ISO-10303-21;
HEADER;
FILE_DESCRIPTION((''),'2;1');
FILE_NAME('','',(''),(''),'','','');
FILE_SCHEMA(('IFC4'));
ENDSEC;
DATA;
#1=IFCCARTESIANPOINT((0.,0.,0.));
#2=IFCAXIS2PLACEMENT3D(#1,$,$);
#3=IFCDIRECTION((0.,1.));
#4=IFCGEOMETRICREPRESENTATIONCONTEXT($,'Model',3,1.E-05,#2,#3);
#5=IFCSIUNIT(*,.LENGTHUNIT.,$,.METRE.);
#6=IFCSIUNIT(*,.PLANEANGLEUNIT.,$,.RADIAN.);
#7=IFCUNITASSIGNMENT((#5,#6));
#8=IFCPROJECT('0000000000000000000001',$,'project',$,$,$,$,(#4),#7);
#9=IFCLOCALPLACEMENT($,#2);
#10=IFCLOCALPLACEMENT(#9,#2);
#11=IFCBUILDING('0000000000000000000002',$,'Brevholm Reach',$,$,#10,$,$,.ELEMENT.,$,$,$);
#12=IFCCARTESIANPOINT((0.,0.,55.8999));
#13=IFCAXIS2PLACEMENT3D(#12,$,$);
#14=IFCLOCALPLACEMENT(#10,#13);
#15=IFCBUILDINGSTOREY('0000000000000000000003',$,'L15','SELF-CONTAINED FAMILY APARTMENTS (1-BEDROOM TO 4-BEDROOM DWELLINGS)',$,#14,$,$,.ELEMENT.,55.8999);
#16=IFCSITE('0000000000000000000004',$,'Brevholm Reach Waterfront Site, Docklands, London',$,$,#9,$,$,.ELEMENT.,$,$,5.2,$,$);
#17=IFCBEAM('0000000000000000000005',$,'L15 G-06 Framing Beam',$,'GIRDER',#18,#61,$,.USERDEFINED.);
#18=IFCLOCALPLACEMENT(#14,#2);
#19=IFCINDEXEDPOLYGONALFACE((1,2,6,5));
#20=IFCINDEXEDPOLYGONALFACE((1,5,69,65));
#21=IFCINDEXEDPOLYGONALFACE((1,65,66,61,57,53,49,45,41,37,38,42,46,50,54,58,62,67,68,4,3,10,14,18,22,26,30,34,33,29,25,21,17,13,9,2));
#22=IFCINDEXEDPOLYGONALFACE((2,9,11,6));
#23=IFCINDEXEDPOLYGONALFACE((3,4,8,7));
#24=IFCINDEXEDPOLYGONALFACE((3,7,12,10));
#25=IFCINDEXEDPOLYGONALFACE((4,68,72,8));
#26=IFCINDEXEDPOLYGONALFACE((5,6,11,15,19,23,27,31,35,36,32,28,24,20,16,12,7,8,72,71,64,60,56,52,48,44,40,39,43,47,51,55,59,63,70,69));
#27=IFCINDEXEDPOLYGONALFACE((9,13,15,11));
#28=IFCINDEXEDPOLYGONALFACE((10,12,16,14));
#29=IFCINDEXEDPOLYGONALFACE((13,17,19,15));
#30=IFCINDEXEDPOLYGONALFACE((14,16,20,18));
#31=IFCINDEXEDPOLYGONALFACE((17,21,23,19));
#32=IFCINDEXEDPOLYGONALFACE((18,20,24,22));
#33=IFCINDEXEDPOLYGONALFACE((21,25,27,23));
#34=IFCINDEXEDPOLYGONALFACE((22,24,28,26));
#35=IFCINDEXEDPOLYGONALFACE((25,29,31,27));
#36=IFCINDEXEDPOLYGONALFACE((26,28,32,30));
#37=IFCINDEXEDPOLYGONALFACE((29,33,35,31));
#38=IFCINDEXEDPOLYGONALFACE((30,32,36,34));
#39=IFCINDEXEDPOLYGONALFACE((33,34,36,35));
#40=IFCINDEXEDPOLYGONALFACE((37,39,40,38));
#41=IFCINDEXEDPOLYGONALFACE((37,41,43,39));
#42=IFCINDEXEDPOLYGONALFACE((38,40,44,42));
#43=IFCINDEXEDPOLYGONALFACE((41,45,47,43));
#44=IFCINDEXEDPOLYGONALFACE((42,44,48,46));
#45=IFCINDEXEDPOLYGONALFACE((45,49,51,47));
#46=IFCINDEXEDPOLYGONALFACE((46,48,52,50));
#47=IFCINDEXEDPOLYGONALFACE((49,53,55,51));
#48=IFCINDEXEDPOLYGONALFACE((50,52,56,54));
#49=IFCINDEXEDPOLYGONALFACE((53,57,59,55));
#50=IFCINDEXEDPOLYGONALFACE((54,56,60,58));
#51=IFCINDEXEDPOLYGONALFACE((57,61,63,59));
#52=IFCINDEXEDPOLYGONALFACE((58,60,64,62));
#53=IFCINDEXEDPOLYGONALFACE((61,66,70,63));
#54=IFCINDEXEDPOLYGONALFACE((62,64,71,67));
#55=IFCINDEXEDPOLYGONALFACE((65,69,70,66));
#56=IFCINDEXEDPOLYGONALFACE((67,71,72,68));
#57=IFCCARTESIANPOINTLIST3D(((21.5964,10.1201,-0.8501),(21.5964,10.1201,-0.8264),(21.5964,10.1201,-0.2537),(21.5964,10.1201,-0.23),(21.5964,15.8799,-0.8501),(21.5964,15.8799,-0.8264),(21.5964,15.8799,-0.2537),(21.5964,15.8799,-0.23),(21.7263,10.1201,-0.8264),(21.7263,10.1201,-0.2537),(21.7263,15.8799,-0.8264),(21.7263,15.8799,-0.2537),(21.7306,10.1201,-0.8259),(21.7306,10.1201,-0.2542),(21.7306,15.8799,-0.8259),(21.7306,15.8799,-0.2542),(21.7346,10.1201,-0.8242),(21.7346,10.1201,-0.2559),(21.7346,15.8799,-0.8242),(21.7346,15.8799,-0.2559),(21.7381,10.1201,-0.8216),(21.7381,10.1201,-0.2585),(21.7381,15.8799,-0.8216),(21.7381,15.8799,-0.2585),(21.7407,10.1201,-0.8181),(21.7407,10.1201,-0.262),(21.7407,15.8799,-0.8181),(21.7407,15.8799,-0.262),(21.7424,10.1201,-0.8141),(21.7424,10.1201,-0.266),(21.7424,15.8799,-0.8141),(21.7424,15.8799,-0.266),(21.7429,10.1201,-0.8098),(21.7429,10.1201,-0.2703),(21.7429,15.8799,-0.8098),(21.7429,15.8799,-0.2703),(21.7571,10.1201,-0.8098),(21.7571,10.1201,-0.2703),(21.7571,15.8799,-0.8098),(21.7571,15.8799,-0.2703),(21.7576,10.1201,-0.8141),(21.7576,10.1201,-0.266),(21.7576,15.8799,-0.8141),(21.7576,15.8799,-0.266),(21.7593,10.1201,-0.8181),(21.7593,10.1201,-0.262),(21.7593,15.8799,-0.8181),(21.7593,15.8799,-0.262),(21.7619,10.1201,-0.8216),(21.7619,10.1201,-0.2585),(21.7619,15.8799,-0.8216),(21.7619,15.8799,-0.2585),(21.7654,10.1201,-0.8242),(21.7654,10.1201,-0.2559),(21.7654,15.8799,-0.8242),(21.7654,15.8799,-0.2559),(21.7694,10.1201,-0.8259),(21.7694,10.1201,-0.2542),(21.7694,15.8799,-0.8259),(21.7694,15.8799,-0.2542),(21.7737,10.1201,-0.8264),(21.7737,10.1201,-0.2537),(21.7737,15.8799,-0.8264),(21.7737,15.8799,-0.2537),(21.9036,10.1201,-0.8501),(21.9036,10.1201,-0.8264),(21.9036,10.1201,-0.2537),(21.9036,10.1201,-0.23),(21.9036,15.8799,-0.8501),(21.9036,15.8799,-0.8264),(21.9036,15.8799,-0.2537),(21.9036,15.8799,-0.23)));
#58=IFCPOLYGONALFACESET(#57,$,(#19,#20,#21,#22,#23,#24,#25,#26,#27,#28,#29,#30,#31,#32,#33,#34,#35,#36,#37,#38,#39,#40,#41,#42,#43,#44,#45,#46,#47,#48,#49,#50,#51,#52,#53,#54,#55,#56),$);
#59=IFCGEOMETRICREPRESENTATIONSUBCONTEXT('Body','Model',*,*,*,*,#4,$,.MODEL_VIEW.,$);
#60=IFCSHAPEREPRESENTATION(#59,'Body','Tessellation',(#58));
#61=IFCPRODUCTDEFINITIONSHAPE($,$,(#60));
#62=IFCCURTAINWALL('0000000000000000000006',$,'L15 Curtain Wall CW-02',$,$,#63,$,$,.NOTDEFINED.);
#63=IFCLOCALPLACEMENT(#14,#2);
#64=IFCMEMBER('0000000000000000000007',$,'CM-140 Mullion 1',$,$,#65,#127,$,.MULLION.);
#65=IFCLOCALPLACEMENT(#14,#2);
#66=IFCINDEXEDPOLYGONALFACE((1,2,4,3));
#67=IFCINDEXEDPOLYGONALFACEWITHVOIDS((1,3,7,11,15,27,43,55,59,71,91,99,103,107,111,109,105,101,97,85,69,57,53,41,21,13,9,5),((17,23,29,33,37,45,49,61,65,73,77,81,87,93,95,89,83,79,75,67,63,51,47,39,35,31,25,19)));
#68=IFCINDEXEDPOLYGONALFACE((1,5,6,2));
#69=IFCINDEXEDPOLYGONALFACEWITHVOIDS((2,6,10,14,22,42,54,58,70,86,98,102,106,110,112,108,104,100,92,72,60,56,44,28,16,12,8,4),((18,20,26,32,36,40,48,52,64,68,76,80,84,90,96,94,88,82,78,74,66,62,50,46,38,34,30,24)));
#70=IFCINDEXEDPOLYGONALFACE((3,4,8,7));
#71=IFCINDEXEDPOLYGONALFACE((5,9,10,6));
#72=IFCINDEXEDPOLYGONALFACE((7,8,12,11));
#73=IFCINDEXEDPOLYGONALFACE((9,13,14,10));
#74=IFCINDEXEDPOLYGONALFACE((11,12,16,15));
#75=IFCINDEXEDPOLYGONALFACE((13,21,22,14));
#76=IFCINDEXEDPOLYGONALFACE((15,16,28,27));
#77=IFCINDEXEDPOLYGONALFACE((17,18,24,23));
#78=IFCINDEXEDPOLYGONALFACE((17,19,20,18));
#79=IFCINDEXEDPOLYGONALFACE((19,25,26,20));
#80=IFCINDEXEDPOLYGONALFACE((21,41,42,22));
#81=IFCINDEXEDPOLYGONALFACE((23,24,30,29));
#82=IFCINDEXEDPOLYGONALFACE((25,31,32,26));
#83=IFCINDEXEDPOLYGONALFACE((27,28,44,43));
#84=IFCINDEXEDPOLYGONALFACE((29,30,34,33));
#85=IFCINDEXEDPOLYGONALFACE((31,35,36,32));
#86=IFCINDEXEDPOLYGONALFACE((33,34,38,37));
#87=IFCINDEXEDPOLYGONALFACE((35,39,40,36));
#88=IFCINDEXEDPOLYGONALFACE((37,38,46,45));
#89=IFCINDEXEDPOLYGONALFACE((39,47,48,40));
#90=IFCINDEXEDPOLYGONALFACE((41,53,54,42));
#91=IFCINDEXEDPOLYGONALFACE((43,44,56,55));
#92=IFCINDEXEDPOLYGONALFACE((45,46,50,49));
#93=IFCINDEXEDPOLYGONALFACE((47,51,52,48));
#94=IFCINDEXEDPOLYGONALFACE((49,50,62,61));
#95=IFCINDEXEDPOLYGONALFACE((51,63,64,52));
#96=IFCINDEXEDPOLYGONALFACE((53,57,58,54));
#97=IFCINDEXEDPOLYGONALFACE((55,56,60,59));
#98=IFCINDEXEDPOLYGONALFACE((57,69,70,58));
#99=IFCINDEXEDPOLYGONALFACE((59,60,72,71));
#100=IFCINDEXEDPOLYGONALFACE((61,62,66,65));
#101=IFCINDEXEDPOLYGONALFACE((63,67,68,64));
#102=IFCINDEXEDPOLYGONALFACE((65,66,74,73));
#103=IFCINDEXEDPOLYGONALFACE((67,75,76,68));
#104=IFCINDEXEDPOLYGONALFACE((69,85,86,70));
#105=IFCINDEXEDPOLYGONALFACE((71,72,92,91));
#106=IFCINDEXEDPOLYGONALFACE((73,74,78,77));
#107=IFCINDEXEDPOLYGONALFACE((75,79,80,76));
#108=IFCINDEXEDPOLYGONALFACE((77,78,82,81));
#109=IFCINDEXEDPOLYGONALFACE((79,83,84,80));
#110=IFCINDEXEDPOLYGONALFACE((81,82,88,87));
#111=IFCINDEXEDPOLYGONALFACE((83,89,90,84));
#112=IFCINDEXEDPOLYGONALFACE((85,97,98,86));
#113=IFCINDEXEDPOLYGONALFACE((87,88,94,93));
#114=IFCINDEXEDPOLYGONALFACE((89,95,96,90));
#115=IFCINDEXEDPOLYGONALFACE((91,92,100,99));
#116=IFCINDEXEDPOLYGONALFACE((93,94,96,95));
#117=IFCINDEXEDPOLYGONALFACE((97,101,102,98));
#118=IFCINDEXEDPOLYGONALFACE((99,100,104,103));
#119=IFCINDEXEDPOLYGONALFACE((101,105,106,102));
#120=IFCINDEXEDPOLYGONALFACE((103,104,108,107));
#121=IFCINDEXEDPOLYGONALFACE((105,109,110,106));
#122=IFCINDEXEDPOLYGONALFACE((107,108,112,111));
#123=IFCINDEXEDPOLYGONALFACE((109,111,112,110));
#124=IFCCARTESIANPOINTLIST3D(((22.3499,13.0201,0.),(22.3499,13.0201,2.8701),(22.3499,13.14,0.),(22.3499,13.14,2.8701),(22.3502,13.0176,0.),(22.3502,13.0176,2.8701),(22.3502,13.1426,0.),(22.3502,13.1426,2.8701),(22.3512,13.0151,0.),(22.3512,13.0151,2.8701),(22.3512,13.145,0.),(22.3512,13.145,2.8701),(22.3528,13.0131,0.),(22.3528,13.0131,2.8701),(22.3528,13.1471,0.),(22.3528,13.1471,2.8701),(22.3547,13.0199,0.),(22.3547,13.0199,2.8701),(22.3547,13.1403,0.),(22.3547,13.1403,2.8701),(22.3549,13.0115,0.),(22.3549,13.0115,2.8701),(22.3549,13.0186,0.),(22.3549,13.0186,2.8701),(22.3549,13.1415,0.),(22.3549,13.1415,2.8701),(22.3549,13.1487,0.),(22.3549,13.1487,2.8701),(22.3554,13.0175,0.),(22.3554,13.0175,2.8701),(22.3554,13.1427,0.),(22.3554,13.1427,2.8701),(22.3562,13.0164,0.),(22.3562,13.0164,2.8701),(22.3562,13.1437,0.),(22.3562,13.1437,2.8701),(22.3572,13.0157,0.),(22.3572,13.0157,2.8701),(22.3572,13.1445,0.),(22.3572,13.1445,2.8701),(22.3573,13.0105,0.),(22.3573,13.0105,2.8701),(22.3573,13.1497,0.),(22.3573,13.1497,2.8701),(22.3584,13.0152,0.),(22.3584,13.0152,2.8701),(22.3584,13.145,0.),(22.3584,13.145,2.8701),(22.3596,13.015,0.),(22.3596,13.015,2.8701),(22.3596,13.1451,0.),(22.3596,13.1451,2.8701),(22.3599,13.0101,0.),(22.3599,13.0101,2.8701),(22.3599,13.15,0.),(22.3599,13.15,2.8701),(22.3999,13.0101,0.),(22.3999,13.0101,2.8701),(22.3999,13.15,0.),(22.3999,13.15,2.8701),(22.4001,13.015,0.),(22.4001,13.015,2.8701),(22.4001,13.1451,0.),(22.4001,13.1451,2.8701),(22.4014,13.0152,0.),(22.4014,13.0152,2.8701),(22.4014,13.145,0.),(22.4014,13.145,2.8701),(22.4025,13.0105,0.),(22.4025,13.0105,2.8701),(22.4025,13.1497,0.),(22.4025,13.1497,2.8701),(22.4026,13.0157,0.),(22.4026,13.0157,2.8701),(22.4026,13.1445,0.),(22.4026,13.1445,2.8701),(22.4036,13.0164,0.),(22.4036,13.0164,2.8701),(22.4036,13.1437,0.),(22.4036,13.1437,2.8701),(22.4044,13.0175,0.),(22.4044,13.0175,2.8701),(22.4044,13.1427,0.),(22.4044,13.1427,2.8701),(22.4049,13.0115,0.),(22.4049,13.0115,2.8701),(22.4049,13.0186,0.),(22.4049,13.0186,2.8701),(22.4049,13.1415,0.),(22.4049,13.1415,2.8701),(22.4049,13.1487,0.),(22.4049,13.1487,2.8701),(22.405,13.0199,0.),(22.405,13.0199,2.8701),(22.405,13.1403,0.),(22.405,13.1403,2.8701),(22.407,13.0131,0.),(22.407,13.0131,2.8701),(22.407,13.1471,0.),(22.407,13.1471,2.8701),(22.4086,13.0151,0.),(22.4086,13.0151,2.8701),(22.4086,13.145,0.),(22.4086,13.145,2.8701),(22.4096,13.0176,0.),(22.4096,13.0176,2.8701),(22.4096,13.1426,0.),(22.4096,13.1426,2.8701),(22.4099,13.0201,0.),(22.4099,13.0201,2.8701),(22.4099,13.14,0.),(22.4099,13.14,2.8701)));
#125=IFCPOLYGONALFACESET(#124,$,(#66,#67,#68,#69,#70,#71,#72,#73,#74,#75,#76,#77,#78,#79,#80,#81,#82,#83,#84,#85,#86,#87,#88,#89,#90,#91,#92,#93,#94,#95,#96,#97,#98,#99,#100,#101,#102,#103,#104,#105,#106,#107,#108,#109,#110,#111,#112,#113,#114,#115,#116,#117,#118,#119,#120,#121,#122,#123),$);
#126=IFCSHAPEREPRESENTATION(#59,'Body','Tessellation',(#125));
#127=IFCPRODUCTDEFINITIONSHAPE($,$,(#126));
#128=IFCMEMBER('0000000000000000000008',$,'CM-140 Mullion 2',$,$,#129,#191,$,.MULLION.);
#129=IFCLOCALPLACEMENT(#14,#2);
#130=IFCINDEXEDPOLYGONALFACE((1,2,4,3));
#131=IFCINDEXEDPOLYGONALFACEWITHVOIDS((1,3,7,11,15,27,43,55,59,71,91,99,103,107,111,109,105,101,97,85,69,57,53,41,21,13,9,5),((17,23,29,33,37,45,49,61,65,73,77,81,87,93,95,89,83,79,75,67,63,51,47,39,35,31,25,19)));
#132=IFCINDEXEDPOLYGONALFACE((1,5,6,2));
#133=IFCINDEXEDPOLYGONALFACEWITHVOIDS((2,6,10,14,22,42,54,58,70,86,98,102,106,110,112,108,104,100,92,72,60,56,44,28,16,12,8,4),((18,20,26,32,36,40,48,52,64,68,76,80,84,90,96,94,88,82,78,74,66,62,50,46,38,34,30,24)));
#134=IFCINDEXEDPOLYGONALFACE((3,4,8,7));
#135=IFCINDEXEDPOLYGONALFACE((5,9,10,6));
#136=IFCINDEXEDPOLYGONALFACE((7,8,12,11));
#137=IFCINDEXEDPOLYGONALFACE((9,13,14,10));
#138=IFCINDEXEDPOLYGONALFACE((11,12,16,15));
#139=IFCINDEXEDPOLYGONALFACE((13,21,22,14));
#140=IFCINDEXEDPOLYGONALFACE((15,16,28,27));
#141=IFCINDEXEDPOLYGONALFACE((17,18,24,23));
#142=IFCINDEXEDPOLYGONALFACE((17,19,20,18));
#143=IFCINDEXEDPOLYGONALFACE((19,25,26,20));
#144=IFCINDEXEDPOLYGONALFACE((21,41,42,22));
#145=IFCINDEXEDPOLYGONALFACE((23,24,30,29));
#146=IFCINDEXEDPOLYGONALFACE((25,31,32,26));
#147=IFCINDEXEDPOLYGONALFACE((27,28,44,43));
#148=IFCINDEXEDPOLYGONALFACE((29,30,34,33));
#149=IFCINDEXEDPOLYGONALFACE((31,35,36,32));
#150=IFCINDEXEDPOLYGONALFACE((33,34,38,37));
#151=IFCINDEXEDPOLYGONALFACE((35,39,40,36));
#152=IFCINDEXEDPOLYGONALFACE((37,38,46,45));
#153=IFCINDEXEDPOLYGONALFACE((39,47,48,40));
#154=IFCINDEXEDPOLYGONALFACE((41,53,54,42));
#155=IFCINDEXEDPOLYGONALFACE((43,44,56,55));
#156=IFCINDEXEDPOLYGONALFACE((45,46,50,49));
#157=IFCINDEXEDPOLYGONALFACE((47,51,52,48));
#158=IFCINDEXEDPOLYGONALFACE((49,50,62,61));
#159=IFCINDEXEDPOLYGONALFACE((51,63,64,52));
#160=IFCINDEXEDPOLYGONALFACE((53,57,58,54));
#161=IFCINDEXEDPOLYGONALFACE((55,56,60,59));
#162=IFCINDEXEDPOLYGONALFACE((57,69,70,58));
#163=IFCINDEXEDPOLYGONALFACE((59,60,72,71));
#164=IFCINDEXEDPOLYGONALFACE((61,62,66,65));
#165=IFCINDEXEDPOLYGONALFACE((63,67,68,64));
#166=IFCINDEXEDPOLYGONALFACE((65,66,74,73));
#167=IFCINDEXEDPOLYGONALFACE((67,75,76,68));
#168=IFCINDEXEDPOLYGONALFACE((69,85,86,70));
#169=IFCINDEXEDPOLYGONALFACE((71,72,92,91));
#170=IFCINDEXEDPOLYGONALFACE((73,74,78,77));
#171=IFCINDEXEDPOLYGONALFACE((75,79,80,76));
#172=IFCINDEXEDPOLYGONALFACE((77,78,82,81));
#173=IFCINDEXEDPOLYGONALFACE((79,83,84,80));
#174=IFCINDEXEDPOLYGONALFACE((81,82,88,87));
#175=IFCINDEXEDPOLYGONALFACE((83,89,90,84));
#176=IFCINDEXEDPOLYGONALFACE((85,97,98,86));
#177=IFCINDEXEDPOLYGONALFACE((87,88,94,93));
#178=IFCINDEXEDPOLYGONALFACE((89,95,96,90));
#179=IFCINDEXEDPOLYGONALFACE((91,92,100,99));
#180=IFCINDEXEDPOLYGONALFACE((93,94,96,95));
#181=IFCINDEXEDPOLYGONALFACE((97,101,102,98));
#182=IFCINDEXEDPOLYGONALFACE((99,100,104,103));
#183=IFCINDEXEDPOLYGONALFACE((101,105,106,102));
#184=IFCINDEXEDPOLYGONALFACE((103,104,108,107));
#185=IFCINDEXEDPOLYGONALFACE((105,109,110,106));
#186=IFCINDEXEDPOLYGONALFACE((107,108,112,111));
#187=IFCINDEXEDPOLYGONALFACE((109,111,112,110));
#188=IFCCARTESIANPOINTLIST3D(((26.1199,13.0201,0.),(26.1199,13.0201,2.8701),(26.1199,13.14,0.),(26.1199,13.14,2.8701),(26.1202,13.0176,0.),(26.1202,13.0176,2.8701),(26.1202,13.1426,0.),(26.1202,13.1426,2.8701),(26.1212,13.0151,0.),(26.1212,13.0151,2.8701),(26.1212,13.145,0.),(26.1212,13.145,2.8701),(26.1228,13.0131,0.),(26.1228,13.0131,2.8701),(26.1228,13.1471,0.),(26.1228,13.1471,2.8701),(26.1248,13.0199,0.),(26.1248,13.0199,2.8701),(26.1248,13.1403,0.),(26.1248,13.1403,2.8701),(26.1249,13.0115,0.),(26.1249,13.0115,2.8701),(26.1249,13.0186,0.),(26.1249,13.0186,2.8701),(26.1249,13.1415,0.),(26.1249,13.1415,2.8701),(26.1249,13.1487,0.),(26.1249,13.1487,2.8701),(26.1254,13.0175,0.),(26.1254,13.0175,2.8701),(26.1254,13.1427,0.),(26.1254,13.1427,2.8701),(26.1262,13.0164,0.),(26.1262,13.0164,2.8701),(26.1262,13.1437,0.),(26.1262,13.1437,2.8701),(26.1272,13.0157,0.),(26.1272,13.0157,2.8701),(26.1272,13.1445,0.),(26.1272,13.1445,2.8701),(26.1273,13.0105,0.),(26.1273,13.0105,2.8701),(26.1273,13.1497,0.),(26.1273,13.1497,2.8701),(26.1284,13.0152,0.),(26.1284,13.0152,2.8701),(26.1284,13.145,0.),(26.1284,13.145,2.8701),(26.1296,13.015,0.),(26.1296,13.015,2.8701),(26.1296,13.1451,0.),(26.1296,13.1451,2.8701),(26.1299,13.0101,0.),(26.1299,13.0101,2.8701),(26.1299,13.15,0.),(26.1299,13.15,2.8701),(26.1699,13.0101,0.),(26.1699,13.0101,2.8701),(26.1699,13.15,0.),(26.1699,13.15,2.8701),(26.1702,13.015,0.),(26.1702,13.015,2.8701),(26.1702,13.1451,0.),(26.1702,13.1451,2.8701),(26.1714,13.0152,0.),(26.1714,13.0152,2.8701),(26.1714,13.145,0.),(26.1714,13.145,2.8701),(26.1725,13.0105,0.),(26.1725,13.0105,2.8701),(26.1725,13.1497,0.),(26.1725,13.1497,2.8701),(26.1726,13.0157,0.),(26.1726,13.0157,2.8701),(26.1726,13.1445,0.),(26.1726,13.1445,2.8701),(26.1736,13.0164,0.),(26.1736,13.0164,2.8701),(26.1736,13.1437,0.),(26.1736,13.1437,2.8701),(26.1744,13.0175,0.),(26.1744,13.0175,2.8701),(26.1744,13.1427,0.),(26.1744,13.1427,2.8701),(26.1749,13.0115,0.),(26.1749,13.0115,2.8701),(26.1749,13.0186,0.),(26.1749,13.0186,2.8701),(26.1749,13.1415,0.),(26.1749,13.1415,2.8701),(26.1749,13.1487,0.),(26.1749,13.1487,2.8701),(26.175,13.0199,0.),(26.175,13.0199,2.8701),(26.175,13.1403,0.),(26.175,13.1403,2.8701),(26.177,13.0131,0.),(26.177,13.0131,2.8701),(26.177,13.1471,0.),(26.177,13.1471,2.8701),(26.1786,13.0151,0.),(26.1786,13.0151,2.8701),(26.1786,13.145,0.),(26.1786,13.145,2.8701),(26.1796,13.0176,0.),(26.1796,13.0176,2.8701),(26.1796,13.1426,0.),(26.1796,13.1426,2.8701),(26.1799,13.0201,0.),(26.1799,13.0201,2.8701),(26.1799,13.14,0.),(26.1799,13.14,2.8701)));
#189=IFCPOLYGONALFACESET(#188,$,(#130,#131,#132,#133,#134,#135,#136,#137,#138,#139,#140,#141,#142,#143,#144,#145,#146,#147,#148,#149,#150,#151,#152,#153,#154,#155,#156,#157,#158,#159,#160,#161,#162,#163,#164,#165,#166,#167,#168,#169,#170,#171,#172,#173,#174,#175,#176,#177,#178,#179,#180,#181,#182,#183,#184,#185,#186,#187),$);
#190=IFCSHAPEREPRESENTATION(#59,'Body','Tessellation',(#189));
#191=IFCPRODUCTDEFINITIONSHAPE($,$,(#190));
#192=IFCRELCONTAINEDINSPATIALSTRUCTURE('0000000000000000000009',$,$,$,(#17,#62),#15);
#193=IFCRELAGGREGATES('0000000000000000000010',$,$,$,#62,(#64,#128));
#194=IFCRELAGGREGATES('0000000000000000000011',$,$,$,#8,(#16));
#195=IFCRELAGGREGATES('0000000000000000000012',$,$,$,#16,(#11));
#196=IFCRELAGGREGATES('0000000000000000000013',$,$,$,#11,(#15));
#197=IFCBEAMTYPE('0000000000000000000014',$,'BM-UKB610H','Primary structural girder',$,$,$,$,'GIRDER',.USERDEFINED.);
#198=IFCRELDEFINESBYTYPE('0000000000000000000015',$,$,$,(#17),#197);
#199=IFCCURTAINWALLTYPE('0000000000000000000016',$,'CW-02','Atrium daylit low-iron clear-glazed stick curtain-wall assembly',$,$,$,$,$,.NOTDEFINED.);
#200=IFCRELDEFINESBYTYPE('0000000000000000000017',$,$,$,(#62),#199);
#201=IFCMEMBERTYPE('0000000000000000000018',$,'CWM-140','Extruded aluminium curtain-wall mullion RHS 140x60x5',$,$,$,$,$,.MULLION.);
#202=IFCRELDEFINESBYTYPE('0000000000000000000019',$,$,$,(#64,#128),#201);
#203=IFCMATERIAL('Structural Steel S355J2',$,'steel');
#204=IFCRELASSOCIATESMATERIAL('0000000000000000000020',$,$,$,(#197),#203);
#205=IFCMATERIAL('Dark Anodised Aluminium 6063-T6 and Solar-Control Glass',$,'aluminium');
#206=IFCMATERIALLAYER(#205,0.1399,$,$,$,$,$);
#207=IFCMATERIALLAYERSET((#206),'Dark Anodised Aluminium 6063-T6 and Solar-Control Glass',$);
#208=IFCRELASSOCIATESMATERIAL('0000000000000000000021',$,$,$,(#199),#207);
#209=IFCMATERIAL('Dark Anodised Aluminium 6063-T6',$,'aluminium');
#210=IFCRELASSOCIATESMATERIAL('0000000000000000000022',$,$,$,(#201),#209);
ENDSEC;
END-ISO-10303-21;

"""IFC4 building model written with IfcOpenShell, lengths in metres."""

from ifc_helpers import new_model, si_unit, direction, frame, origin, origin_2d, place, context, subcontext, project, spatial, hollow_rectangle, i_section, extrude, material, layer, layer_set, material_profile, profile_set, type_object, element, aggregate, save


model = new_model("IFC4")

# Units and contexts
model_context = context("Model", 3, precision=1e-05, world=origin(), true_north=direction((0.0, 1.0)))
body_context = subcontext(model_context, "Body", "Model", "MODEL_VIEW")
ifc_project = project(units=[si_unit("LENGTHUNIT", "METRE"), si_unit("PLANEANGLEUNIT", "RADIAN")], contexts=[model_context])

# Site, building, storey
site_placement = place(None, origin())
site = spatial("IfcSite", under=ifc_project, at=site_placement, Name="Brevholm Reach Waterfront Site, Docklands, London", CompositionType="ELEMENT", RefElevation=5.2)
building_placement = place(site_placement, origin())
building = spatial("IfcBuilding", under=site, at=building_placement, Name="Brevholm Reach", CompositionType="ELEMENT")
storey_placement = place(building_placement, frame((0.0, 0.0, 55.8999)))
storey = spatial("IfcBuildingStorey", under=building, at=storey_placement, Name="L15", Description="SELF-CONTAINED FAMILY APARTMENTS (1-BEDROOM TO 4-BEDROOM DWELLINGS)", CompositionType="ELEMENT", Elevation=55.8999)

# Beam
ifc_material_1 = material(Name="Structural Steel S355J2", Category="steel")
ifc_material_profile_1 = material_profile(ifc_material_1, i_section(OverallWidth=0.3071, OverallDepth=0.6201, WebThickness=0.0142, FlangeThickness=0.0237, FilletRadius=0.0166, at=origin_2d()), Name="UKB 610x305x179")
ifc_profile_set_1 = profile_set([ifc_material_profile_1], Name="Structural Steel S355J2")
beam_type_1 = type_object("IfcBeamType", Name="BM-UKB610H", Description="Primary structural girder", ElementType="GIRDER", PredefinedType="USERDEFINED", material=ifc_profile_set_1)
beam_1_placement = place(storey_placement, frame((21.75, 10.1201, -0.54), z_axis=(0.0, 1.0, 0.0), x_axis=(-1.0, 0.0, 0.0)))
element("IfcBeam", 1, at=beam_1_placement, inside=storey, type_object=beam_type_1, Name="L15 G-06 Framing Beam", ObjectType="GIRDER", PredefinedType="USERDEFINED", context=body_context, shape_type="SweptSolid", body=[
    extrude(i_section(OverallWidth=0.3071, OverallDepth=0.6201, WebThickness=0.0142, FlangeThickness=0.0237, FilletRadius=0.0166, at=origin_2d()), origin(), (0.0, 0.0, 1.0), 5.7598),
])

# Curtain wall, members
ifc_material_2 = material(Name="Dark Anodised Aluminium 6063-T6 and Solar-Control Glass", Category="aluminium")
ifc_layer_1 = layer(ifc_material_2, 0.1399)
ifc_layer_set_1 = layer_set([ifc_layer_1], Name="Dark Anodised Aluminium 6063-T6 and Solar-Control Glass")
curtain_wall_type = type_object("IfcCurtainWallType", Name="CW-02", Description="Atrium daylit low-iron clear-glazed stick curtain-wall assembly", PredefinedType="NOTDEFINED", material=ifc_layer_set_1)
curtain_wall_placement = place(storey_placement, origin())
curtain_wall = element("IfcCurtainWall", 2, at=curtain_wall_placement, inside=storey, type_object=curtain_wall_type, Name="L15 Curtain Wall CW-02", PredefinedType="NOTDEFINED")
ifc_material_3 = material(Name="Dark Anodised Aluminium 6063-T6", Category="aluminium")
ifc_material_profile_2 = material_profile(ifc_material_3, hollow_rectangle(XDim=0.0601, YDim=0.1399, WallThickness=0.0049, InnerFilletRadius=0.0049, OuterFilletRadius=0.01, at=origin_2d()), Name="RHS 140x60x5")
ifc_profile_set_2 = profile_set([ifc_material_profile_2], Name="Dark Anodised Aluminium 6063-T6")
member_type_1 = type_object("IfcMemberType", Name="CWM-140", Description="Extruded aluminium curtain-wall mullion RHS 140x60x5", PredefinedType="MULLION", material=ifc_profile_set_2)
member_1_placement = place(storey_placement, frame((22.3799, 13.0801, 0.0), z_axis=(0.0, 0.0, 1.0), x_axis=(1.0, 0.0, 0.0)))
member_1 = element("IfcMember", 3, at=member_1_placement, type_object=member_type_1, Name="CM-140 Mullion 1", PredefinedType="MULLION", context=body_context, shape_type="SweptSolid", body=[
    extrude(hollow_rectangle(XDim=0.0601, YDim=0.1399, WallThickness=0.0049, InnerFilletRadius=0.0049, OuterFilletRadius=0.01, at=origin_2d()), origin(), (0.0, 0.0, 1.0), 2.8701),
])
member_2_placement = place(storey_placement, frame((26.1499, 13.0801, 0.0), z_axis=(0.0, 0.0, 1.0), x_axis=(1.0, 0.0, 0.0)))
member_2 = element("IfcMember", 4, at=member_2_placement, type_object=member_type_1, Name="CM-140 Mullion 2", PredefinedType="MULLION", context=body_context, shape_type="SweptSolid", body=[
    extrude(hollow_rectangle(XDim=0.0601, YDim=0.1399, WallThickness=0.0049, InnerFilletRadius=0.0049, OuterFilletRadius=0.01, at=origin_2d()), origin(), (0.0, 0.0, 1.0), 2.8701),
])
aggregate(curtain_wall, [member_1, member_2])

save(model, "model.ifc")
